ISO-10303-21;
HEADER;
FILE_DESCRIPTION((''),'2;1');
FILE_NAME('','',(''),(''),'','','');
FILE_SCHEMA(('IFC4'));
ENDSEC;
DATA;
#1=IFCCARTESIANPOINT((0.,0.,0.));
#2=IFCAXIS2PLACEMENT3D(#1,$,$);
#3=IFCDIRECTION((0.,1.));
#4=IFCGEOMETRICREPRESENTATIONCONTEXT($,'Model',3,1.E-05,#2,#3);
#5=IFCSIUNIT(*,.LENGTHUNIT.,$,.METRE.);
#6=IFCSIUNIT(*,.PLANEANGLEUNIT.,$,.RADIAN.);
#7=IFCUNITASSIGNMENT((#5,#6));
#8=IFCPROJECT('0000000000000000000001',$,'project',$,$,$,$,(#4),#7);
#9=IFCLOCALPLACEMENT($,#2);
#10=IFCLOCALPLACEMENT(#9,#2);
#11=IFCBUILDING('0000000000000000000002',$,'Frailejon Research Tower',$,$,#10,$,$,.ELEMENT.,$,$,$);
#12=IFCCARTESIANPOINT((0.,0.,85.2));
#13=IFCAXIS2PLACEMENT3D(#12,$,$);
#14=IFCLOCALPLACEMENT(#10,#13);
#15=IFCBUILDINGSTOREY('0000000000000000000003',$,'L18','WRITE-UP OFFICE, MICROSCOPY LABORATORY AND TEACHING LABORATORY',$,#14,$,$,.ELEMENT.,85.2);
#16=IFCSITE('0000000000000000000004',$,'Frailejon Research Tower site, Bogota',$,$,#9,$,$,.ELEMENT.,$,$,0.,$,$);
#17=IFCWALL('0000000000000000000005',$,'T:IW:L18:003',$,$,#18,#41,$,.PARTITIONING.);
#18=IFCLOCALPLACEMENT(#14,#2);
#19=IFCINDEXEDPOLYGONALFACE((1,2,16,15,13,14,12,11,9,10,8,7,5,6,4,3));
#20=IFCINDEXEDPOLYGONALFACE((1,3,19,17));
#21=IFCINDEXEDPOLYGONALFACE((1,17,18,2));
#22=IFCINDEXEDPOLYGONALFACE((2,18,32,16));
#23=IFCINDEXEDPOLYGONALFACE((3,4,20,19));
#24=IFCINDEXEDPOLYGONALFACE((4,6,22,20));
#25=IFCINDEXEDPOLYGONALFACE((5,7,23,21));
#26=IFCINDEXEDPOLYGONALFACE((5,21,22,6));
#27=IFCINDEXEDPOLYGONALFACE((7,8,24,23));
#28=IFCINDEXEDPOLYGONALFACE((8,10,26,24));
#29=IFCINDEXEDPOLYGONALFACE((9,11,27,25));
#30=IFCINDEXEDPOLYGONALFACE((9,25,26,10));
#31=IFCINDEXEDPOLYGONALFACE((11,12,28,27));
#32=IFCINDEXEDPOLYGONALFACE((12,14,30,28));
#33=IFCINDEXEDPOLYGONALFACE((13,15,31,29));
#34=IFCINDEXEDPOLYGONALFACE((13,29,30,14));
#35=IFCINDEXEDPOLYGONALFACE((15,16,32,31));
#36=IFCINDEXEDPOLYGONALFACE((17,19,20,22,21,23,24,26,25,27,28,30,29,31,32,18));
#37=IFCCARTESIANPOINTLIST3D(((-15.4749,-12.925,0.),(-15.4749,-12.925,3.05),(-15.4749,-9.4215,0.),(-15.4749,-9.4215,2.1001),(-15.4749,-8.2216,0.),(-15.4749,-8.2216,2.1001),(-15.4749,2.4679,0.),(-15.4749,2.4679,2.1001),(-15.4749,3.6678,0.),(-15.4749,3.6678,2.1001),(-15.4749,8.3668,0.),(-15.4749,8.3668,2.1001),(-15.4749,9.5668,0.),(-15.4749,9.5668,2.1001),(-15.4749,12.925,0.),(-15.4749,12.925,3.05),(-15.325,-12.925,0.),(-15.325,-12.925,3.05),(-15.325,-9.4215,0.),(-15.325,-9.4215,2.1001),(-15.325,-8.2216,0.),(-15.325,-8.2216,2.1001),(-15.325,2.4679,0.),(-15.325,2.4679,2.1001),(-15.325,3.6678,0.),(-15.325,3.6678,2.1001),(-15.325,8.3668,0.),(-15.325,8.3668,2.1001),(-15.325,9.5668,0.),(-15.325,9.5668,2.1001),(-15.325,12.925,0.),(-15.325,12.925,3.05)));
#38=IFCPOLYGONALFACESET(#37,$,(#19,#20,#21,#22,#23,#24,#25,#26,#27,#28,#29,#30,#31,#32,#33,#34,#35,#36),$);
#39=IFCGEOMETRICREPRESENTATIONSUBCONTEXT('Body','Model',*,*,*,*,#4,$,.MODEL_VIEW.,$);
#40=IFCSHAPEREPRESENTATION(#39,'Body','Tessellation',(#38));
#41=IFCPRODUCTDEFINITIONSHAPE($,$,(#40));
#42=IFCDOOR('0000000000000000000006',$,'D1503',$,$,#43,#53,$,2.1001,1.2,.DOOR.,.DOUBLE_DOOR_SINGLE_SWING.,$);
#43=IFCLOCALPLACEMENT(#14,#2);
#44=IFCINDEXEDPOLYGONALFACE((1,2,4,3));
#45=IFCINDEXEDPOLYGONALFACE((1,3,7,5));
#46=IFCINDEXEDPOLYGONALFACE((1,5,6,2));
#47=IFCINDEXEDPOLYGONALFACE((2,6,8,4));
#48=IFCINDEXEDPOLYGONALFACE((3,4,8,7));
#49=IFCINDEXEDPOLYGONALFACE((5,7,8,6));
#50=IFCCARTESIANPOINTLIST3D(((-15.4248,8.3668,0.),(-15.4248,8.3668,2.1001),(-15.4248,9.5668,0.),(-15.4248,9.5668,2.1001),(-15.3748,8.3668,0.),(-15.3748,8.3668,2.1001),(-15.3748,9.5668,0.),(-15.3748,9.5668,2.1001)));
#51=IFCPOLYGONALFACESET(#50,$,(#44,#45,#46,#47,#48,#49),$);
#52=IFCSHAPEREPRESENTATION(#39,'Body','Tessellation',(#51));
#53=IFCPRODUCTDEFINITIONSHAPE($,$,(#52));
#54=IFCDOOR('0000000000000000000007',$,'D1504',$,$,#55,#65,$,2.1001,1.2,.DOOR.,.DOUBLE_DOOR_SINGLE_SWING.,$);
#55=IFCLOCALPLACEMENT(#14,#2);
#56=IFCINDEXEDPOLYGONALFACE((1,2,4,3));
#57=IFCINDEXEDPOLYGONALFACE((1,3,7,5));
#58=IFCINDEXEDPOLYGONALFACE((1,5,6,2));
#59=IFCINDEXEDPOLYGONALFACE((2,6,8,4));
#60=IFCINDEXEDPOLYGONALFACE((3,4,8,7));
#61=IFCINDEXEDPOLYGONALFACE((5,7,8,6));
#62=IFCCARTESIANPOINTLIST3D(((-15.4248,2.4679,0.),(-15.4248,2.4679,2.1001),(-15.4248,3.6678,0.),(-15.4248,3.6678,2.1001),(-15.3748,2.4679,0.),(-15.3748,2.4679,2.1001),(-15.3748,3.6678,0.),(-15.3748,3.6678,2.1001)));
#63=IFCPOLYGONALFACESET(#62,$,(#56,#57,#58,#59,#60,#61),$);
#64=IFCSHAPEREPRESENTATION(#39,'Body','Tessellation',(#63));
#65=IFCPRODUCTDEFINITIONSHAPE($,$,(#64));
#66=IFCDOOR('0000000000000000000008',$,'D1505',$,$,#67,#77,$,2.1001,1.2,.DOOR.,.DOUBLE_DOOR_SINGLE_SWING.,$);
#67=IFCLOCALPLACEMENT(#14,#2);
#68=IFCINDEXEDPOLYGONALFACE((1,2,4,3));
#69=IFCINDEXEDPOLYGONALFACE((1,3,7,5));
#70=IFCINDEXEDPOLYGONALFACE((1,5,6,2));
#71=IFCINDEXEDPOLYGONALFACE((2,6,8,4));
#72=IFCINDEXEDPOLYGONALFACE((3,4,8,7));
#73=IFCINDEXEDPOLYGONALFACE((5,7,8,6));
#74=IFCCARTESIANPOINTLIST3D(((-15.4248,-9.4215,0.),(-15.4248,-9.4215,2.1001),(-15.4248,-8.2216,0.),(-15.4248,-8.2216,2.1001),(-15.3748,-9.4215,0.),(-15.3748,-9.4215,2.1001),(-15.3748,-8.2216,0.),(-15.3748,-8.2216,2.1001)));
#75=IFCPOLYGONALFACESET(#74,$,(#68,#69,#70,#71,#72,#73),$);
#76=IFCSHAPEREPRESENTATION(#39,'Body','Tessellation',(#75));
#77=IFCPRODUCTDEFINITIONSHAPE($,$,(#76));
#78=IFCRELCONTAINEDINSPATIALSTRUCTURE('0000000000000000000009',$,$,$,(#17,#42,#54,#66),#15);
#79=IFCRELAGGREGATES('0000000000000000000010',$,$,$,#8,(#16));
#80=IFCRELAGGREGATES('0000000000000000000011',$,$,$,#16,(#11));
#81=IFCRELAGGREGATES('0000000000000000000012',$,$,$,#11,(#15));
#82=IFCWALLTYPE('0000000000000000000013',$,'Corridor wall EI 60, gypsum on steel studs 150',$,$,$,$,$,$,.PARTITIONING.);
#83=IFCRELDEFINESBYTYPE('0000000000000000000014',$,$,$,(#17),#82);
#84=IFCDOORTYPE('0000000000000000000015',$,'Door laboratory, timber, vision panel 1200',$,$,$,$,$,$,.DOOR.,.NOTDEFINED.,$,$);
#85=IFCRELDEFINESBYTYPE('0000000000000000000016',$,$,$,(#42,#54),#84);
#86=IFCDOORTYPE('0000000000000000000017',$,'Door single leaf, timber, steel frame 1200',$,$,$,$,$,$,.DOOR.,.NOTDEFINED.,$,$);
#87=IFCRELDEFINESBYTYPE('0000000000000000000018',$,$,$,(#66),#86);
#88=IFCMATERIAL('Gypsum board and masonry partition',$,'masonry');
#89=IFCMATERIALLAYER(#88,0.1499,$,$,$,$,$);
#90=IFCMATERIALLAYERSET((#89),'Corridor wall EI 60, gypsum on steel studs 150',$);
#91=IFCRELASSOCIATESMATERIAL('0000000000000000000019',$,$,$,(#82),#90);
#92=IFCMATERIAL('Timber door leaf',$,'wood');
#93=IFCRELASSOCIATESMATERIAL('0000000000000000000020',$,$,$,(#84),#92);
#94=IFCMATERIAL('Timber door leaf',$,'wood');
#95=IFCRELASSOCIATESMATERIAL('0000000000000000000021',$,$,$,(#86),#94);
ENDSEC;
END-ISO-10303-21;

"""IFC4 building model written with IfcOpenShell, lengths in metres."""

from ifc_helpers import new_model, si_unit, direction, frame, frame_2d, origin, place, context, subcontext, project, spatial, rectangle, extrude, material, layer, layer_set, type_object, element, fill, save


model = new_model("IFC4")

# Units and contexts
model_context = context("Model", 3, precision=1e-05, world=origin(), true_north=direction((0.0, 1.0)))
body_context = subcontext(model_context, "Body", "Model", "MODEL_VIEW")
ifc_project = project(units=[si_unit("LENGTHUNIT", "METRE"), si_unit("PLANEANGLEUNIT", "RADIAN")], contexts=[model_context])

# Site, building, storey
site_placement = place(None, origin())
site = spatial("IfcSite", under=ifc_project, at=site_placement, Name="Frailejon Research Tower site, Bogota", CompositionType="ELEMENT", RefElevation=0.0)
building_placement = place(site_placement, origin())
building = spatial("IfcBuilding", under=site, at=building_placement, Name="Frailejon Research Tower", CompositionType="ELEMENT")
storey_placement = place(building_placement, frame((0.0, 0.0, 85.2)))
storey = spatial("IfcBuildingStorey", under=building, at=storey_placement, Name="L18", Description="WRITE-UP OFFICE, MICROSCOPY LABORATORY AND TEACHING LABORATORY", CompositionType="ELEMENT", Elevation=85.2)

# Wall, openings, doors
ifc_material_1 = material(Name="Gypsum board and masonry partition", Category="masonry")
ifc_layer_1 = layer(ifc_material_1, 0.1499)
ifc_layer_set_1 = layer_set([ifc_layer_1], Name="Corridor wall EI 60, gypsum on steel studs 150")
wall_type_1 = type_object("IfcWallType", Name="Corridor wall EI 60, gypsum on steel studs 150", PredefinedType="PARTITIONING", material=ifc_layer_set_1)
wall_1_placement = place(storey_placement, frame((-15.3999, -12.925, 0.0), z_axis=(0.0, 0.0, 1.0), x_axis=(0.0, 1.0, 0.0)))
wall_1 = element("IfcWall", 1, at=wall_1_placement, inside=storey, type_object=wall_type_1, Name="T:IW:L18:003", PredefinedType="PARTITIONING", context=body_context, shape_type="SweptSolid", body=[
    extrude(rectangle(XDim=25.8501, YDim=0.1499, at=frame_2d((12.925, 0.0))), origin(), (0.0, 0.0, 1.0), 3.05),
])
opening_1_placement = place(wall_1_placement, frame((21.2917, 0.0, 0.0)))
opening_1 = element("IfcOpeningElement", 2, at=opening_1_placement, cuts=wall_1, PredefinedType="OPENING", context=body_context, shape_type="SweptSolid", body=[
    extrude(rectangle(XDim=1.2, YDim=2.1001, at=frame_2d((0.6001, 1.05))), frame((0.0, 0.085, 0.0), z_axis=(0.0, -1.0, 0.0), x_axis=(1.0, 0.0, 0.0)), (0.0, 0.0, 1.0), 0.1699),
])
opening_2_placement = place(wall_1_placement, frame((15.3928, 0.0, 0.0)))
opening_2 = element("IfcOpeningElement", 3, at=opening_2_placement, cuts=wall_1, PredefinedType="OPENING", context=body_context, shape_type="SweptSolid", body=[
    extrude(rectangle(XDim=1.2, YDim=2.1001, at=frame_2d((0.6001, 1.05))), frame((0.0, 0.085, 0.0), z_axis=(0.0, -1.0, 0.0), x_axis=(1.0, 0.0, 0.0)), (0.0, 0.0, 1.0), 0.1699),
])
opening_3_placement = place(wall_1_placement, frame((3.5034, 0.0, 0.0)))
opening_3 = element("IfcOpeningElement", 4, at=opening_3_placement, cuts=wall_1, PredefinedType="OPENING", context=body_context, shape_type="SweptSolid", body=[
    extrude(rectangle(XDim=1.2, YDim=2.1001, at=frame_2d((0.6001, 1.05))), frame((0.0, 0.085, 0.0), z_axis=(0.0, -1.0, 0.0), x_axis=(1.0, 0.0, 0.0)), (0.0, 0.0, 1.0), 0.1699),
])
ifc_material_2 = material(Name="Timber door leaf", Category="wood")
door_type_1 = type_object("IfcDoorType", Name="Door laboratory, timber, vision panel 1200", OperationType="NOTDEFINED", PredefinedType="DOOR", material=ifc_material_2)
door_1_placement = place(opening_1_placement, origin())
door_1 = element("IfcDoor", 5, at=door_1_placement, inside=storey, type_object=door_type_1, Name="D1503", OperationType="DOUBLE_DOOR_SINGLE_SWING", OverallHeight=2.1001, OverallWidth=1.2, PredefinedType="DOOR", context=body_context, shape_type="SweptSolid", body=[
    extrude(rectangle(XDim=1.2, YDim=2.1001, at=frame_2d((0.6001, 1.05))), frame((0.0, 0.0249, 0.0), z_axis=(0.0, -1.0, 0.0), x_axis=(1.0, 0.0, 0.0)), (0.0, 0.0, 1.0), 0.05),
])
fill(opening_1, door_1)
door_2_placement = place(opening_2_placement, origin())
door_2 = element("IfcDoor", 6, at=door_2_placement, inside=storey, type_object=door_type_1, Name="D1504", OperationType="DOUBLE_DOOR_SINGLE_SWING", OverallHeight=2.1001, OverallWidth=1.2, PredefinedType="DOOR", context=body_context, shape_type="SweptSolid", body=[
    extrude(rectangle(XDim=1.2, YDim=2.1001, at=frame_2d((0.6001, 1.05))), frame((0.0, 0.0249, 0.0), z_axis=(0.0, -1.0, 0.0), x_axis=(1.0, 0.0, 0.0)), (0.0, 0.0, 1.0), 0.05),
])
fill(opening_2, door_2)
ifc_material_3 = material(Name="Timber door leaf", Category="wood")
door_type_2 = type_object("IfcDoorType", Name="Door single leaf, timber, steel frame 1200", OperationType="NOTDEFINED", PredefinedType="DOOR", material=ifc_material_3)
door_3_placement = place(opening_3_placement, origin())
door_3 = element("IfcDoor", 7, at=door_3_placement, inside=storey, type_object=door_type_2, Name="D1505", OperationType="DOUBLE_DOOR_SINGLE_SWING", OverallHeight=2.1001, OverallWidth=1.2, PredefinedType="DOOR", context=body_context, shape_type="SweptSolid", body=[
    extrude(rectangle(XDim=1.2, YDim=2.1001, at=frame_2d((0.6001, 1.05))), frame((0.0, 0.0249, 0.0), z_axis=(0.0, -1.0, 0.0), x_axis=(1.0, 0.0, 0.0)), (0.0, 0.0, 1.0), 0.05),
])
fill(opening_3, door_3)

save(model, "model.ifc")
